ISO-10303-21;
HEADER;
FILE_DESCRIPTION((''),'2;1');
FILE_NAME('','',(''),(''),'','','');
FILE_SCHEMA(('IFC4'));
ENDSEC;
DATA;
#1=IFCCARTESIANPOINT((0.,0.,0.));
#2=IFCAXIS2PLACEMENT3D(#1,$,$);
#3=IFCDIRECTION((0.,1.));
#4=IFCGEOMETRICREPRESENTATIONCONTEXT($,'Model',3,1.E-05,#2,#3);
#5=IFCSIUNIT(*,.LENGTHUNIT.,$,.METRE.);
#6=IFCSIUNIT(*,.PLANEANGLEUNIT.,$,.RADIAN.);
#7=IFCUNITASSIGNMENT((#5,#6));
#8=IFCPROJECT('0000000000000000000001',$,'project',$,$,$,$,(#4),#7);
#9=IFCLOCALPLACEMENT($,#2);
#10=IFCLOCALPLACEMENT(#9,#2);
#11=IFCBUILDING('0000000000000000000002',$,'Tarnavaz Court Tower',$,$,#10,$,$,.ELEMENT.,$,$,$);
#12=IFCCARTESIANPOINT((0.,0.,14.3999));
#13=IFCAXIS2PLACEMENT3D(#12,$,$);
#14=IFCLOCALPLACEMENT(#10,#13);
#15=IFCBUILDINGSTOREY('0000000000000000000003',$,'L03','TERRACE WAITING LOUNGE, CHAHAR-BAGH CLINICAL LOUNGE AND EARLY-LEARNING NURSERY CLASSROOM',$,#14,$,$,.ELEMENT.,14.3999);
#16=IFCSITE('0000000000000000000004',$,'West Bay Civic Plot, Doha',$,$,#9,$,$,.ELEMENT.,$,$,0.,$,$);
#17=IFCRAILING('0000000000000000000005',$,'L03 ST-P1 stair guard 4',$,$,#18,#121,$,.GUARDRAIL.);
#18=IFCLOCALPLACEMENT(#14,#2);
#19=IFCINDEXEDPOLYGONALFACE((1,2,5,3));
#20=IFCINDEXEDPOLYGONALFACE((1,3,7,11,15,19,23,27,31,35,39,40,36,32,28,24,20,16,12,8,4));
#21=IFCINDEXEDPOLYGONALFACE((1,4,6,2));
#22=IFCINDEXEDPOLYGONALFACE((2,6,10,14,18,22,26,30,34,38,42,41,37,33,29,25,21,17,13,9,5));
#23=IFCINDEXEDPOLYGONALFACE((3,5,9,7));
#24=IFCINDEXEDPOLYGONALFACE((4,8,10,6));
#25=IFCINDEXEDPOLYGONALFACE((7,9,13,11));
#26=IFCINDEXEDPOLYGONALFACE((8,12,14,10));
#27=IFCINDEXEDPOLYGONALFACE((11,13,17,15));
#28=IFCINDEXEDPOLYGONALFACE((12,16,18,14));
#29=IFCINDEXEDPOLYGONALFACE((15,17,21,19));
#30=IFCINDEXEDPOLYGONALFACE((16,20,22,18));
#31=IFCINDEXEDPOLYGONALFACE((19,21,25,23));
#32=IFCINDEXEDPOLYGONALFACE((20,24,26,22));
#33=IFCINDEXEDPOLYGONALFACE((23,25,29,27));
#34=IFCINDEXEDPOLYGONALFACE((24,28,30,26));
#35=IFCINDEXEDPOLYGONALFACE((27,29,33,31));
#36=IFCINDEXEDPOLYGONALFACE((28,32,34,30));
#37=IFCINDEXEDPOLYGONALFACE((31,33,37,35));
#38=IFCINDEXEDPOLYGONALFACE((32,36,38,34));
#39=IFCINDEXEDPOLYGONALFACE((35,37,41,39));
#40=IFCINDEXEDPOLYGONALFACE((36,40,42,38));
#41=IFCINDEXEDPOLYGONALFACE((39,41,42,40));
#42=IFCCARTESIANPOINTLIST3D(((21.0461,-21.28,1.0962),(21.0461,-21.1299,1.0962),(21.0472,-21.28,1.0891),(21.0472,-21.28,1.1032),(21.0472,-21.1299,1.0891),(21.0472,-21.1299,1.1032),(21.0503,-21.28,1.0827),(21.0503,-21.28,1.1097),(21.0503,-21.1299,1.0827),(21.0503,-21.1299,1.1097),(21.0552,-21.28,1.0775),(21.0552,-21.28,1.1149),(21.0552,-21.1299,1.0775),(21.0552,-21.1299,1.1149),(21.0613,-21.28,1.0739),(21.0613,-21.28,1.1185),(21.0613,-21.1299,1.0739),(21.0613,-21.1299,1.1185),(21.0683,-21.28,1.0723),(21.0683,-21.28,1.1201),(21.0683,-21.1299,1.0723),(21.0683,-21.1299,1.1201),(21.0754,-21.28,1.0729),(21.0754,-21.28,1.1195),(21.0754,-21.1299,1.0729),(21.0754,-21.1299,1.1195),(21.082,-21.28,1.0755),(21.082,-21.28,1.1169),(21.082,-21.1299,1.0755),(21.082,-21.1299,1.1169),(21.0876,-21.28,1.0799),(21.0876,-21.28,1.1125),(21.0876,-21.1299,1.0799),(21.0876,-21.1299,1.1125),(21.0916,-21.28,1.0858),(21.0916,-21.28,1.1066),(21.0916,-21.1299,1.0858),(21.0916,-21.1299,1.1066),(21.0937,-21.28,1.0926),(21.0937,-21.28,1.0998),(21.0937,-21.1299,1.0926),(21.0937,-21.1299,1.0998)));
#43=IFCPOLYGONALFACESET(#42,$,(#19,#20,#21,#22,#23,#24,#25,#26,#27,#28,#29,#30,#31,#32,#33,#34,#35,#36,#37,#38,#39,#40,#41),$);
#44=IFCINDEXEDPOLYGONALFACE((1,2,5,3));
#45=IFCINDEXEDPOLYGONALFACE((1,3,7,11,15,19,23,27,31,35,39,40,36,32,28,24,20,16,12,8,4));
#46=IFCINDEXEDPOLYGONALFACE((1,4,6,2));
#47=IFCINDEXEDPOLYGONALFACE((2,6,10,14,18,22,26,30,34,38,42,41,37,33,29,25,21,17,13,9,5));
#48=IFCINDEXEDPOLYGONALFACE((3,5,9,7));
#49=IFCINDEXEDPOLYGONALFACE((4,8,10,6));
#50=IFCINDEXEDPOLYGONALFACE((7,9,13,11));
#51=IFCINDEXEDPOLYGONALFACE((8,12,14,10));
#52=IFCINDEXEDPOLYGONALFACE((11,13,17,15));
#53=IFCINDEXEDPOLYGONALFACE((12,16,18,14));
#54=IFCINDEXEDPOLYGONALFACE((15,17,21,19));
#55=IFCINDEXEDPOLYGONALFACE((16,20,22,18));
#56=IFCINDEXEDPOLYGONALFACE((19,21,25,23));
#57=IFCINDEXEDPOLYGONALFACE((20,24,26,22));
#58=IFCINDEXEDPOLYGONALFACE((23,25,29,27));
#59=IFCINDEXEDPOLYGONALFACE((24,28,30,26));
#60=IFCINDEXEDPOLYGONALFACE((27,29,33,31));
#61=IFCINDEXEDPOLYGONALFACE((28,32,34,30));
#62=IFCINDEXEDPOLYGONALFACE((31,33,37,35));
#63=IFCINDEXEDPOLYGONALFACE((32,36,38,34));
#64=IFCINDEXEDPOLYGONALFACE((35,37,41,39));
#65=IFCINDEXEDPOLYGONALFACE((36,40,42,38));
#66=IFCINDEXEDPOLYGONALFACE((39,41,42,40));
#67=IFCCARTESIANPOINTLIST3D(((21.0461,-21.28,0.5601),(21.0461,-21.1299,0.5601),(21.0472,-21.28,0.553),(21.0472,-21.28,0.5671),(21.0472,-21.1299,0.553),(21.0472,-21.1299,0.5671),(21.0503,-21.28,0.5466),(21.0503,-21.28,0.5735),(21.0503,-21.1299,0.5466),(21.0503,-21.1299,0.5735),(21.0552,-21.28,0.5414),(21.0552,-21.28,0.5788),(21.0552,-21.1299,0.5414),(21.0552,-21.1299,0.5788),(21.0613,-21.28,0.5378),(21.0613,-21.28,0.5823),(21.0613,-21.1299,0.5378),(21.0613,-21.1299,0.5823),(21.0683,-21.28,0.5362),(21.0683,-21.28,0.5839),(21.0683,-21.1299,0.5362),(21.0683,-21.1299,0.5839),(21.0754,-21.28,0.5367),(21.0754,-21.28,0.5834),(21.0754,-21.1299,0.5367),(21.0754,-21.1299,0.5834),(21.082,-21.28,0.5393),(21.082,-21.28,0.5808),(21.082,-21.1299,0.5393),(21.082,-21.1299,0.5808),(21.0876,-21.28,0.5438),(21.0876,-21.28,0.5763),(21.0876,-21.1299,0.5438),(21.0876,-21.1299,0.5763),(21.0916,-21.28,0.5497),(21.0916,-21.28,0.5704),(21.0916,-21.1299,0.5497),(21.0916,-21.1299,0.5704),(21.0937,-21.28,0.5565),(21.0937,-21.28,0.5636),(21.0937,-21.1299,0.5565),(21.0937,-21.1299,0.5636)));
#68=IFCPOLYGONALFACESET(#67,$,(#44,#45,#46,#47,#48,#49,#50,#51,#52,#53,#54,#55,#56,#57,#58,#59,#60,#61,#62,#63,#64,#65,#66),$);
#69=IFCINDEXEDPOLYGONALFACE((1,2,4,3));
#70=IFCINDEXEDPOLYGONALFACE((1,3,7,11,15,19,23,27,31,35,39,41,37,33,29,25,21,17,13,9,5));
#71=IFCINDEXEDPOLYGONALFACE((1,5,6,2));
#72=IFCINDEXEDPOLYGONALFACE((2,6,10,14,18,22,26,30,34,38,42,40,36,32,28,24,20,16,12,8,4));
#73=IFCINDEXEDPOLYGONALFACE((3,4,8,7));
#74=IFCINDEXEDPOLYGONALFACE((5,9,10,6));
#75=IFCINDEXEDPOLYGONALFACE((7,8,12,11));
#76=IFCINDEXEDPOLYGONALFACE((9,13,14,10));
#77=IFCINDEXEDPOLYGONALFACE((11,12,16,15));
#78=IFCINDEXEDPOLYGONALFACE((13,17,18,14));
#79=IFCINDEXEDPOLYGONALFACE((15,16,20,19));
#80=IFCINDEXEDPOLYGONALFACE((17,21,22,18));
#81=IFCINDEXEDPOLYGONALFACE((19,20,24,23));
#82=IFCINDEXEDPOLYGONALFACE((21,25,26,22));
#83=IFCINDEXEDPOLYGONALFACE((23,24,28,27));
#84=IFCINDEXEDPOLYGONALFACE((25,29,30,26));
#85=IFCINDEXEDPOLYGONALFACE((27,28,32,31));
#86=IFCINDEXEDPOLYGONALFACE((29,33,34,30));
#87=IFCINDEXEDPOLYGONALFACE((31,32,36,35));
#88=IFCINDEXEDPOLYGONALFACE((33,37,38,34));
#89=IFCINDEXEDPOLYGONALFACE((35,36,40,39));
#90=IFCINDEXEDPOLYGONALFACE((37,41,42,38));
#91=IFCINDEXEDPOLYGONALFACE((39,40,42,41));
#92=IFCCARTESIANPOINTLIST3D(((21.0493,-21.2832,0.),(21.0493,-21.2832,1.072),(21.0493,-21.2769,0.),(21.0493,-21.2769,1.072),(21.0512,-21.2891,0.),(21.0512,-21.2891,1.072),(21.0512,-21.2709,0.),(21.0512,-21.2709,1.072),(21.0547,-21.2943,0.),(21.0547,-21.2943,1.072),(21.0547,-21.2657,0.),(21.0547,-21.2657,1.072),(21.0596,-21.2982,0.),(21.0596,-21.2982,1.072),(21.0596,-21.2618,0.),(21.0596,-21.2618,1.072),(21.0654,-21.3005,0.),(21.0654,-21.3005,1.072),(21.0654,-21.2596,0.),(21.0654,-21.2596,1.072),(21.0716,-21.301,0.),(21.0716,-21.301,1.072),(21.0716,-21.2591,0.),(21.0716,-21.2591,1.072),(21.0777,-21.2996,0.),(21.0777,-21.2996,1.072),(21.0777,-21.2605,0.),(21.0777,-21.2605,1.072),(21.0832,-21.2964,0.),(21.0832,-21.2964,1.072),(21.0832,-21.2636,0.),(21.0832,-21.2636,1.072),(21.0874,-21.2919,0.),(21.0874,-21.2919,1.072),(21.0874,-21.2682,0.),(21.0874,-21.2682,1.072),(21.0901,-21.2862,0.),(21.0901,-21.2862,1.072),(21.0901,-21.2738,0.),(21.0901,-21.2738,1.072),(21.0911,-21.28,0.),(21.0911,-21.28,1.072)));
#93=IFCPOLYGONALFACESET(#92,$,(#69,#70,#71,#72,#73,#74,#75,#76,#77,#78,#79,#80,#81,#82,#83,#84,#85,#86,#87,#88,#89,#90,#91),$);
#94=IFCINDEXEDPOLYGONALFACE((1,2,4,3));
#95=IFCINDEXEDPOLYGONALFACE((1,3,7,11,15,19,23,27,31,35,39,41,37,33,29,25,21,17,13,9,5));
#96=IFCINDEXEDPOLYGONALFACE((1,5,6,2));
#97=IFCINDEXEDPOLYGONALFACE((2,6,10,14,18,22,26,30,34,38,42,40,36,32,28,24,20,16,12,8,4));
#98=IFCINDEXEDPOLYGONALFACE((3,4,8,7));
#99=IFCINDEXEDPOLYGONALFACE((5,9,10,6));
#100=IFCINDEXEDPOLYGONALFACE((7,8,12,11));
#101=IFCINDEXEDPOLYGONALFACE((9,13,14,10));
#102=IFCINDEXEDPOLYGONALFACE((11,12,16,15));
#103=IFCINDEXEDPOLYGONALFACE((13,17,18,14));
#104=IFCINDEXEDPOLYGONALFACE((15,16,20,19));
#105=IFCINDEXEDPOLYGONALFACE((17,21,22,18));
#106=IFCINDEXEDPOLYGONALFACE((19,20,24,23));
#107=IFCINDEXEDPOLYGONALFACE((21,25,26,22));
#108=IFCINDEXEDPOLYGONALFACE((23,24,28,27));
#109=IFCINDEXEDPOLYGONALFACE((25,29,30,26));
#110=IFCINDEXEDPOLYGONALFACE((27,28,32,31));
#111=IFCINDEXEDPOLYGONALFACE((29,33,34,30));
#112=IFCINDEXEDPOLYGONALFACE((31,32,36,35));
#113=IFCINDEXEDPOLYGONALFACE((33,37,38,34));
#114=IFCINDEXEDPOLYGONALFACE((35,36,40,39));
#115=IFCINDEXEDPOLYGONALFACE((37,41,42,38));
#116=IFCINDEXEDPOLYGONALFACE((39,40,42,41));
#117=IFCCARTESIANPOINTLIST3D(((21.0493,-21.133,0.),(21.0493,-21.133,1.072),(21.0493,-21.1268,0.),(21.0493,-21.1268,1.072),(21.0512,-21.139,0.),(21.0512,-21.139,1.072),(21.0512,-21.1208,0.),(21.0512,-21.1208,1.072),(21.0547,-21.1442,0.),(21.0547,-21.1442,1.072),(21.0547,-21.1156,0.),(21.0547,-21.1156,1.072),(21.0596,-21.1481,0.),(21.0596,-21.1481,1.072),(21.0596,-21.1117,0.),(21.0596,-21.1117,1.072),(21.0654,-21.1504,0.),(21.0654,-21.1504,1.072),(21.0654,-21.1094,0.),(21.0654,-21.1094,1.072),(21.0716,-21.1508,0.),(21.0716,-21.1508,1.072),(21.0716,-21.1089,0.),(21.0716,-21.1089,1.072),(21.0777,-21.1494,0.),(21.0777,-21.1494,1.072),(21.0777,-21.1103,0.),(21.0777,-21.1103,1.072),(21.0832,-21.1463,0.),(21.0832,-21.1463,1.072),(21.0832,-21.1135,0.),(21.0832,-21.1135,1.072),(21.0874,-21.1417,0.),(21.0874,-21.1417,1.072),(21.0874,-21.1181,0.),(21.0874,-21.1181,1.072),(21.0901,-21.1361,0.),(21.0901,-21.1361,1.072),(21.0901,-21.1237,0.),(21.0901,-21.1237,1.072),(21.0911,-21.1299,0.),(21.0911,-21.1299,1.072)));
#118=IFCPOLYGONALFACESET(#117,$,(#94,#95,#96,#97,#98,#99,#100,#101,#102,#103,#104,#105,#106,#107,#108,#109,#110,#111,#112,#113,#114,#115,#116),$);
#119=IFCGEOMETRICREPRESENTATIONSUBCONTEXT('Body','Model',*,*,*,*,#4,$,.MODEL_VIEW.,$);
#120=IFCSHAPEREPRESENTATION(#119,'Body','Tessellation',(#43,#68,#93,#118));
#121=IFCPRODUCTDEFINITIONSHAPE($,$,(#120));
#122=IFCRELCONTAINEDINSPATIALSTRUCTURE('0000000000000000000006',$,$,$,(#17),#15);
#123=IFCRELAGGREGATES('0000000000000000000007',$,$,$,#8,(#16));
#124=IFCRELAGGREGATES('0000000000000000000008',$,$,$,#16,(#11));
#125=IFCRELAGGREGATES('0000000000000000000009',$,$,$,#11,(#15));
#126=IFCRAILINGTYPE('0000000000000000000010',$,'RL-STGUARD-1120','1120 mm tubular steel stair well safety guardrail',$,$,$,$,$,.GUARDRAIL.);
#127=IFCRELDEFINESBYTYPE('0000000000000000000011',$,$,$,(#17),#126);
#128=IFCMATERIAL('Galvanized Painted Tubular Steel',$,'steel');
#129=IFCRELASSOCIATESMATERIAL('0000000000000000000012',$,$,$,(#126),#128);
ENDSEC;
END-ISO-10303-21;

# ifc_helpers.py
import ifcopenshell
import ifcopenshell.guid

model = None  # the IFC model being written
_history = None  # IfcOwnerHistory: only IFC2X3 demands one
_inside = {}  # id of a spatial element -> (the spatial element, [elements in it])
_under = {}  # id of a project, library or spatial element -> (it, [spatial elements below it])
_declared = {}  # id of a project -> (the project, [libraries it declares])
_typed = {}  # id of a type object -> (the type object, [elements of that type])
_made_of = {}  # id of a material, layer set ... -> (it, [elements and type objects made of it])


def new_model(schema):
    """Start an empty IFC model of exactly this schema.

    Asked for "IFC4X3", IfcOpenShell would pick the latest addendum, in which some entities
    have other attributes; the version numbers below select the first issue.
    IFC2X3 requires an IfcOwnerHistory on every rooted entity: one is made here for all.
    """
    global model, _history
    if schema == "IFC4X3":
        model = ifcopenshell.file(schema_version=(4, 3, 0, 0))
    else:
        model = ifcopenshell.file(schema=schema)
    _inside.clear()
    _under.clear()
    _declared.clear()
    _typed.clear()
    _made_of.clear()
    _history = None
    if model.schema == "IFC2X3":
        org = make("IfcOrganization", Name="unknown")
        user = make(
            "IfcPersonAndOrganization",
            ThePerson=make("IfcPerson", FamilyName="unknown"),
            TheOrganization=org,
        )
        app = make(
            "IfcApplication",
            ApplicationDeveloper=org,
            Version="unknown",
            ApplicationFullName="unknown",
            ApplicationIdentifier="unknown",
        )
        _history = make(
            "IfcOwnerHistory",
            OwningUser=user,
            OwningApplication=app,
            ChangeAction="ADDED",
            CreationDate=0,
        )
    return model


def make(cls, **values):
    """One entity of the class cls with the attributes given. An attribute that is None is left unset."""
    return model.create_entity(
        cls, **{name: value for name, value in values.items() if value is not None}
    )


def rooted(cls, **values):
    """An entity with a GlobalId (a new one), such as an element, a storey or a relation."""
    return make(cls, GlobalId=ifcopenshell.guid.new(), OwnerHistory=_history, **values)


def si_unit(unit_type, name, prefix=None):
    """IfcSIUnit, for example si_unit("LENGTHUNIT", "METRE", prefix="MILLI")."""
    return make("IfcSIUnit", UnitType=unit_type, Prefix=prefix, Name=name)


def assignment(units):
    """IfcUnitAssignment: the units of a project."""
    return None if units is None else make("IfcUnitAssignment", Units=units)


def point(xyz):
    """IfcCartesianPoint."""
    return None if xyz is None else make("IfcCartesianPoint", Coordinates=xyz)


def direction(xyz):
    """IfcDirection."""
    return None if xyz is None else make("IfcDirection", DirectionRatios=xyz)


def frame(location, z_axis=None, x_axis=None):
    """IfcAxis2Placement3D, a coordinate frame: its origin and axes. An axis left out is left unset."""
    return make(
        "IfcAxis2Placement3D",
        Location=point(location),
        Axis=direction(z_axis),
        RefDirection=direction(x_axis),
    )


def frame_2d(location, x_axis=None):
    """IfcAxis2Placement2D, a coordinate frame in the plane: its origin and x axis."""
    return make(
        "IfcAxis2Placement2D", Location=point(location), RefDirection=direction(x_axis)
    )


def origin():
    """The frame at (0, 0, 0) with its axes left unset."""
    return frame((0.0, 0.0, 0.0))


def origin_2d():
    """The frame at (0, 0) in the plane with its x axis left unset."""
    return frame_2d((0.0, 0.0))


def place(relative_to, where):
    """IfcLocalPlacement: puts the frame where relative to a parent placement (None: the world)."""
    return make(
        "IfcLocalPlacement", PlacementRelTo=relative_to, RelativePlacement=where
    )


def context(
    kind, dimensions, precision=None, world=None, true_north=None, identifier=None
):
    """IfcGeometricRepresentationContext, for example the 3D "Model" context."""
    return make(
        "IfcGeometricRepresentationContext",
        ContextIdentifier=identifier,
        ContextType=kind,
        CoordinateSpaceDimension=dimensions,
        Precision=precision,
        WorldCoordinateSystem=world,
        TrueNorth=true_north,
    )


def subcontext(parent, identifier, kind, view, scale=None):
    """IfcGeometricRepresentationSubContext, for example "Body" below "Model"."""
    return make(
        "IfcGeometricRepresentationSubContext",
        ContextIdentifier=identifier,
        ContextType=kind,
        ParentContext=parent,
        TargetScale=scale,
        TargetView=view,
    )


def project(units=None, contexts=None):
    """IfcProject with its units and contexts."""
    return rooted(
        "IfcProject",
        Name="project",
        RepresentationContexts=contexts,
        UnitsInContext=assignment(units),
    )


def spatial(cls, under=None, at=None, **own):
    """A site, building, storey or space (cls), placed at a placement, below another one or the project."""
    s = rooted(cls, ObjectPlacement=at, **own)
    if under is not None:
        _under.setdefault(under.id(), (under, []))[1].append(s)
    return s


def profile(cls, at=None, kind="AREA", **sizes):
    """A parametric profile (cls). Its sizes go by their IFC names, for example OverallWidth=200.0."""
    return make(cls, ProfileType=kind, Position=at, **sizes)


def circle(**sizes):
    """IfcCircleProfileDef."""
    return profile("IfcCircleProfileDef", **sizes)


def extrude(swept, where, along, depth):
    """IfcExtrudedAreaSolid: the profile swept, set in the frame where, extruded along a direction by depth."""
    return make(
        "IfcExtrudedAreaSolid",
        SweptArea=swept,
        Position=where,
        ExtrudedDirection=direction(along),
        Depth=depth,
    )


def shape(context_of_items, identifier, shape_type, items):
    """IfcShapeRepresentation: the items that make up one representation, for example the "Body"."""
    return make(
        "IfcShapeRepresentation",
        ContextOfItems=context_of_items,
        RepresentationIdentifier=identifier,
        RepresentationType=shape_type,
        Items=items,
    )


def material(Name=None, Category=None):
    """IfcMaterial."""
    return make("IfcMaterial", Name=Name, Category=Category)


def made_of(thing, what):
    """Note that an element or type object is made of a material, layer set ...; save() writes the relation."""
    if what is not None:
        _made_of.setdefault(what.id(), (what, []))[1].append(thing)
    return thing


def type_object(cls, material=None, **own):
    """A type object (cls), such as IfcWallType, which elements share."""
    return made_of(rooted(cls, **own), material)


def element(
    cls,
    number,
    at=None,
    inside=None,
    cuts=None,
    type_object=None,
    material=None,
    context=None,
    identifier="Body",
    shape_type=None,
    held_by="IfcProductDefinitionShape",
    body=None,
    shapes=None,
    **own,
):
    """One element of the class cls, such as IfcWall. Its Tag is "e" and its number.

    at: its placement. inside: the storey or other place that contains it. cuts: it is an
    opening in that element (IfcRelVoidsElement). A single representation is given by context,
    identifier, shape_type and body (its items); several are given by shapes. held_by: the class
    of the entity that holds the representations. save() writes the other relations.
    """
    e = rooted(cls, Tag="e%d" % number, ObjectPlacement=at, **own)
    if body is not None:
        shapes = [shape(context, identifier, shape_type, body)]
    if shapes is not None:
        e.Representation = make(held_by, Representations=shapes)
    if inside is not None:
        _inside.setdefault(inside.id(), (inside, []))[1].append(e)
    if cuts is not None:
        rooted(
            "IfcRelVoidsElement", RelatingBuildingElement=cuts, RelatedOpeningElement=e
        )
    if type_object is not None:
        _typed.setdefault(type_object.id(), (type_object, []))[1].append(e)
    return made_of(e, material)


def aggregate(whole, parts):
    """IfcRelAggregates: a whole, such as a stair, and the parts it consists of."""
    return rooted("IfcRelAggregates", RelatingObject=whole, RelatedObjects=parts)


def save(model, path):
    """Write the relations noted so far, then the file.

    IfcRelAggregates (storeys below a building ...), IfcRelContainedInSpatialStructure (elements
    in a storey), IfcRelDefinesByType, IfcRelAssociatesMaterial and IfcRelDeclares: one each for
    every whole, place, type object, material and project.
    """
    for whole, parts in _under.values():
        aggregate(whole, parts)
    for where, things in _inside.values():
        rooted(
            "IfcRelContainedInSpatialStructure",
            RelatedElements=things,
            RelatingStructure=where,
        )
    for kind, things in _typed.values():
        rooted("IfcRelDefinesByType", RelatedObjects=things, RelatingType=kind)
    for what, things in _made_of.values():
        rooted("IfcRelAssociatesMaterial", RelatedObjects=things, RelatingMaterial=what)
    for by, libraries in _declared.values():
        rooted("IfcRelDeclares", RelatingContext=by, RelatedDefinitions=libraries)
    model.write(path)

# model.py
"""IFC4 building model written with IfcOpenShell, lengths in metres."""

from ifc_helpers import new_model, si_unit, direction, frame, origin, origin_2d, place, context, subcontext, project, spatial, circle, extrude, material, type_object, element, save


model = new_model("IFC4")

# Units and contexts
model_context = context("Model", 3, precision=1e-05, world=origin(), true_north=direction((0.0, 1.0)))
body_context = subcontext(model_context, "Body", "Model", "MODEL_VIEW")
ifc_project = project(units=[si_unit("LENGTHUNIT", "METRE"), si_unit("PLANEANGLEUNIT", "RADIAN")], contexts=[model_context])

# Site, building, storey
site_placement = place(None, origin())
site = spatial("IfcSite", under=ifc_project, at=site_placement, Name="West Bay Civic Plot, Doha", CompositionType="ELEMENT", RefElevation=0.0)
building_placement = place(site_placement, origin())
building = spatial("IfcBuilding", under=site, at=building_placement, Name="Tarnavaz Court Tower", CompositionType="ELEMENT")
storey_placement = place(building_placement, frame((0.0, 0.0, 14.3999)))
storey = spatial("IfcBuildingStorey", under=building, at=storey_placement, Name="L03", Description="TERRACE WAITING LOUNGE, CHAHAR-BAGH CLINICAL LOUNGE AND EARLY-LEARNING NURSERY CLASSROOM", CompositionType="ELEMENT", Elevation=14.3999)

# Railing
ifc_material_1 = material(Name="Galvanized Painted Tubular Steel", Category="steel")
railing_type_1 = type_object("IfcRailingType", Name="RL-STGUARD-1120", Description="1120 mm tubular steel stair well safety guardrail", PredefinedType="GUARDRAIL", material=ifc_material_1)
railing_1_placement = place(storey_placement, frame((21.0701, -21.28, 0.0)))
element("IfcRailing", 1, at=railing_1_placement, inside=storey, type_object=railing_type_1, Name="L03 ST-P1 stair guard 4", PredefinedType="GUARDRAIL", context=body_context, shape_type="SweptSolid", body=[
    extrude(circle(Radius=0.0239, at=origin_2d()), frame((0.0, 0.0, 1.0962), z_axis=(0.0, 1.0, 0.0), x_axis=(-1.0, 0.0, 0.0)), (0.0, 0.0, 1.0), 0.1501),
    extrude(circle(Radius=0.0239, at=origin_2d()), frame((0.0, 0.0, 0.5601), z_axis=(0.0, 1.0, 0.0), x_axis=(-1.0, 0.0, 0.0)), (0.0, 0.0, 1.0), 0.1501),
    extrude(circle(Radius=0.021, at=origin_2d()), origin(), (0.0, 0.0, 1.0), 1.072),
    extrude(circle(Radius=0.021, at=origin_2d()), frame((0.0, 0.1501, 0.0)), (0.0, 0.0, 1.0), 1.072),
])

save(model, "model.ifc")
